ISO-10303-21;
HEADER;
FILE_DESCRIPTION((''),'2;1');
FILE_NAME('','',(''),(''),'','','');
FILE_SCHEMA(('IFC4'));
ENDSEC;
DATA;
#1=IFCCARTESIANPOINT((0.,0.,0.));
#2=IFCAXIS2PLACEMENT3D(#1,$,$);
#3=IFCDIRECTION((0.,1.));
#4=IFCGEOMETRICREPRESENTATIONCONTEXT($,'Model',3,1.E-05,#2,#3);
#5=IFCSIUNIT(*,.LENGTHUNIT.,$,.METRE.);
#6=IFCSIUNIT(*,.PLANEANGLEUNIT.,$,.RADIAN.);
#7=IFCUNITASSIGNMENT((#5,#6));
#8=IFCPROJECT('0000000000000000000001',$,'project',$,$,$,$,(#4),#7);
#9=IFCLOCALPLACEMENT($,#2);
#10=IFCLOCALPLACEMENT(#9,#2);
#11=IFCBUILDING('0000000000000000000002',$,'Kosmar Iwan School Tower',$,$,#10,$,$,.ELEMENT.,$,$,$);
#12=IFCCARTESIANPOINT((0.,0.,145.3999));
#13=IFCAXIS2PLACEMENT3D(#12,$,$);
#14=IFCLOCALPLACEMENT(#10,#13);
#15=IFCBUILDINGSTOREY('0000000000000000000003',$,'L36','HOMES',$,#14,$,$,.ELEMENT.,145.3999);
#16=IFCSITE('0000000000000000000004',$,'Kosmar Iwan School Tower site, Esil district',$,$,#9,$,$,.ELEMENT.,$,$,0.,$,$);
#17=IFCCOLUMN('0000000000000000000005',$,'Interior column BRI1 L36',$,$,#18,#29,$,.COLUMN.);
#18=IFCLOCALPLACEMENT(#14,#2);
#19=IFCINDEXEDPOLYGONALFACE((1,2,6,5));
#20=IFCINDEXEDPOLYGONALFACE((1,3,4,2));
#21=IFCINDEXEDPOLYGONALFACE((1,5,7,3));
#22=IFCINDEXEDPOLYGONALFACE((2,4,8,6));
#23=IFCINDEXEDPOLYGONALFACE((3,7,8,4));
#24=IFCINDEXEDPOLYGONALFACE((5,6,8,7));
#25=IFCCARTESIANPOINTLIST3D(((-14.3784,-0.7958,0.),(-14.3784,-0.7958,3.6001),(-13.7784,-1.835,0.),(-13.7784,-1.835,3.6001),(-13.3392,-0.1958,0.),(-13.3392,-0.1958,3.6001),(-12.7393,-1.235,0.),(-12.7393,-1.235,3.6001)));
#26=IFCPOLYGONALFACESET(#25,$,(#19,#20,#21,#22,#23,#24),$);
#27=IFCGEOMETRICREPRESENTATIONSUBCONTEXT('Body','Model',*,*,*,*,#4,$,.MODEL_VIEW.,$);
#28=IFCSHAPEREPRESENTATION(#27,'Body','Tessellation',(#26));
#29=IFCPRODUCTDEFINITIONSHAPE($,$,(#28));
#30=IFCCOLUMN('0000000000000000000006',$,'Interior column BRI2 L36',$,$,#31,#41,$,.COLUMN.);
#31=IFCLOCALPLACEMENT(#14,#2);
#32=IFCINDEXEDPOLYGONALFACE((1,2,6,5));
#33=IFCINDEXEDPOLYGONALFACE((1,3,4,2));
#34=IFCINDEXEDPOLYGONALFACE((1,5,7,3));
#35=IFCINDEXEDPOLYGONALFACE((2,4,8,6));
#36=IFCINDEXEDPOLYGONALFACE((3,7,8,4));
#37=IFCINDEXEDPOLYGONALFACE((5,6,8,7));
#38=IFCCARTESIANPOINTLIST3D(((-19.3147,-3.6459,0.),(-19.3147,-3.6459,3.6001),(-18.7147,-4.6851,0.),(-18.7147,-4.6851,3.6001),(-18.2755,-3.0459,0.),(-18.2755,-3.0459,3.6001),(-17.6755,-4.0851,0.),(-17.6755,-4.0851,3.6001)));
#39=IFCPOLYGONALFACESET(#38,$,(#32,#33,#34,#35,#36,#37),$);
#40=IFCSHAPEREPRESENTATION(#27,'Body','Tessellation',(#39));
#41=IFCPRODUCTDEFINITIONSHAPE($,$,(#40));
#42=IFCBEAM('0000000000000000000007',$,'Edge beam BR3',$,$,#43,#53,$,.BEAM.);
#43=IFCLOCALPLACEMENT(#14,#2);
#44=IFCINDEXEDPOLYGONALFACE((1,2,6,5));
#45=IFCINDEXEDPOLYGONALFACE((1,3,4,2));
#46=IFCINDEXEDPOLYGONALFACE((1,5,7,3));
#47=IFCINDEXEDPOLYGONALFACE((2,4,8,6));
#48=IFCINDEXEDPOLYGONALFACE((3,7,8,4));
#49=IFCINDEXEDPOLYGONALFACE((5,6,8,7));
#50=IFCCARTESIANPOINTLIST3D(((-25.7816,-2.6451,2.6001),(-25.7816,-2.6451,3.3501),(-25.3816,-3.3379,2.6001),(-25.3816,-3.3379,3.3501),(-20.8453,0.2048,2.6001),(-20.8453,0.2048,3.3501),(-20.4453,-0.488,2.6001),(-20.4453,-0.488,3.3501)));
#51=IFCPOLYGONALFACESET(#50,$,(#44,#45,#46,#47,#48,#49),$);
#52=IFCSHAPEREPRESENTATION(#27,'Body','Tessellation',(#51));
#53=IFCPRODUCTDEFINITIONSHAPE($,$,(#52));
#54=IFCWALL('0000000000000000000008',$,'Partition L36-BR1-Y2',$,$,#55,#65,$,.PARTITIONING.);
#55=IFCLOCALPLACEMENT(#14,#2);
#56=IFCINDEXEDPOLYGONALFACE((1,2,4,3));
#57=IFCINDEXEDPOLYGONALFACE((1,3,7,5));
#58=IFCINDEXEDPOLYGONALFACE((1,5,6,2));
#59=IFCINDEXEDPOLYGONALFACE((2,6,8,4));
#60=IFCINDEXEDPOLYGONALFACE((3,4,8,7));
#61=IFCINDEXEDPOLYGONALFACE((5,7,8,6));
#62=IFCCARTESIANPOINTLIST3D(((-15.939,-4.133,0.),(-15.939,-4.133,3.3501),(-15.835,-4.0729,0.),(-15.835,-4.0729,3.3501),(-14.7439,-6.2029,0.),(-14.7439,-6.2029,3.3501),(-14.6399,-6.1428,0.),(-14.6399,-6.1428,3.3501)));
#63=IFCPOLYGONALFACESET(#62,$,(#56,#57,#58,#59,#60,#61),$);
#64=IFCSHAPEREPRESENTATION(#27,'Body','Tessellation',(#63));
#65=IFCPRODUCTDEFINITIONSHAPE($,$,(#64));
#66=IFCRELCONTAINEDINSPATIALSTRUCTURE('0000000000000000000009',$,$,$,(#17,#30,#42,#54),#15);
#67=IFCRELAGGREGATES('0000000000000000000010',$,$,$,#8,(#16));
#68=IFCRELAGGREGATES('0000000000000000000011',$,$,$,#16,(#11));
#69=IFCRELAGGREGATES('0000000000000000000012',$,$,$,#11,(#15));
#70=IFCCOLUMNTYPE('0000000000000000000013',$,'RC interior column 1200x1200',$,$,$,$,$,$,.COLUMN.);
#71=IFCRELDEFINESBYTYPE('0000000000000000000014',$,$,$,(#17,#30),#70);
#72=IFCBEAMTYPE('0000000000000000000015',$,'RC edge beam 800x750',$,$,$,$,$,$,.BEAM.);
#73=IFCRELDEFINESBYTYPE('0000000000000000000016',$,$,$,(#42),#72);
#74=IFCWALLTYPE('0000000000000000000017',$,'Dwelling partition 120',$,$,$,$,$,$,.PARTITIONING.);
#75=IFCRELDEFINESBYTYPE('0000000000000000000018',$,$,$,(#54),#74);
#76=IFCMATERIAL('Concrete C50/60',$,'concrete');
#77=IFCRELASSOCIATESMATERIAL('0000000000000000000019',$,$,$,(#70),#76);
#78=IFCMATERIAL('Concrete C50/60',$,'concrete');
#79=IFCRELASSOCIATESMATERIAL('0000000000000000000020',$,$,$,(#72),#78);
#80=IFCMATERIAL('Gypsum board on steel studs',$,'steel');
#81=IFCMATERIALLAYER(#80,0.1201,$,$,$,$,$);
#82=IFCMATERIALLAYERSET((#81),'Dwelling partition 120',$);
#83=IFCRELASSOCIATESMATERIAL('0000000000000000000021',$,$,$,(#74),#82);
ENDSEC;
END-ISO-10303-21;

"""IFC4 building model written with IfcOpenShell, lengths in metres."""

from ifc_helpers import new_model, si_unit, direction, frame, frame_2d, origin, origin_2d, place, context, subcontext, project, spatial, rectangle, extrude, material, layer, layer_set, material_profile, profile_set, type_object, element, save


model = new_model("IFC4")

# Units and contexts
model_context = context("Model", 3, precision=1e-05, world=origin(), true_north=direction((0.0, 1.0)))
body_context = subcontext(model_context, "Body", "Model", "MODEL_VIEW")
ifc_project = project(units=[si_unit("LENGTHUNIT", "METRE"), si_unit("PLANEANGLEUNIT", "RADIAN")], contexts=[model_context])

# Site, building, storey
site_placement = place(None, origin())
site = spatial("IfcSite", under=ifc_project, at=site_placement, Name="Kosmar Iwan School Tower site, Esil district", CompositionType="ELEMENT", RefElevation=0.0)
building_placement = place(site_placement, origin())
building = spatial("IfcBuilding", under=site, at=building_placement, Name="Kosmar Iwan School Tower", CompositionType="ELEMENT")
storey_placement = place(building_placement, frame((0.0, 0.0, 145.3999)))
storey = spatial("IfcBuildingStorey", under=building, at=storey_placement, Name="L36", Description="HOMES", CompositionType="ELEMENT", Elevation=145.3999)

# Columns
ifc_material_1 = material(Name="Concrete C50/60", Category="concrete")
ifc_material_profile_1 = material_profile(ifc_material_1, rectangle(XDim=1.2, YDim=1.2, at=origin_2d()), Name="RC 1200x1200")
ifc_profile_set_1 = profile_set([ifc_material_profile_1], Name="Concrete C50/60")
column_type = type_object("IfcColumnType", Name="RC interior column 1200x1200", PredefinedType="COLUMN", material=ifc_profile_set_1)
for number, where, z_axis, x_axis, name in (
    (1, (-13.5588, -1.0154, 0.0), (0.0, 0.0, 1.0), (-0.866025, -0.5, 0.0), "Interior column BRI1 L36"),
    (2, (-18.4951, -3.8655, 0.0), (0.0, 0.0, 1.0), (-0.866025, -0.5, 0.0), "Interior column BRI2 L36"),
):
    element("IfcColumn", number, at=place(storey_placement, frame(where, z_axis=z_axis, x_axis=x_axis)), inside=storey, type_object=column_type, Name=name, PredefinedType="COLUMN", context=body_context, shape_type="SweptSolid", body=[
        extrude(rectangle(XDim=1.2, YDim=1.2, at=origin_2d()), origin(), (0.0, 0.0, 1.0), 3.6001),
    ])

# Beam
ifc_material_2 = material(Name="Concrete C50/60", Category="concrete")
ifc_material_profile_2 = material_profile(ifc_material_2, rectangle(XDim=0.8, YDim=0.75, at=origin_2d()), Name="RC 800x750")
ifc_profile_set_2 = profile_set([ifc_material_profile_2], Name="Concrete C50/60")
beam_type = type_object("IfcBeamType", Name="RC edge beam 800x750", PredefinedType="BEAM", material=ifc_profile_set_2)
beam_placement = place(storey_placement, frame((-20.6453, -0.1416, 2.9751), z_axis=(-0.866034, -0.499986, 0.0), x_axis=(0.499986, -0.866034, 0.0)))
element("IfcBeam", 3, at=beam_placement, inside=storey, type_object=beam_type, Name="Edge beam BR3", PredefinedType="BEAM", context=body_context, shape_type="SweptSolid", body=[
    extrude(rectangle(XDim=0.8, YDim=0.75, at=origin_2d()), origin(), (0.0, 0.0, 1.0), 5.7),
])

# Wall
ifc_material_3 = material(Name="Gypsum board on steel studs", Category="steel")
ifc_layer = layer(ifc_material_3, 0.1201)
ifc_layer_set = layer_set([ifc_layer], Name="Dwelling partition 120")
wall_type = type_object("IfcWallType", Name="Dwelling partition 120", PredefinedType="PARTITIONING", material=ifc_layer_set)
wall_1_placement = place(storey_placement, frame((-14.6919, -6.1729, 0.0), z_axis=(0.0, 0.0, 1.0), x_axis=(-0.500017, 0.866015, 0.0)))
element("IfcWall", 4, at=wall_1_placement, inside=storey, type_object=wall_type, Name="Partition L36-BR1-Y2", PredefinedType="PARTITIONING", context=body_context, shape_type="SweptSolid", body=[
    extrude(rectangle(XDim=2.3901, YDim=0.1201, at=frame_2d((1.1951, 0.0))), origin(), (0.0, 0.0, 1.0), 3.3501),
])

save(model, "model.ifc")
